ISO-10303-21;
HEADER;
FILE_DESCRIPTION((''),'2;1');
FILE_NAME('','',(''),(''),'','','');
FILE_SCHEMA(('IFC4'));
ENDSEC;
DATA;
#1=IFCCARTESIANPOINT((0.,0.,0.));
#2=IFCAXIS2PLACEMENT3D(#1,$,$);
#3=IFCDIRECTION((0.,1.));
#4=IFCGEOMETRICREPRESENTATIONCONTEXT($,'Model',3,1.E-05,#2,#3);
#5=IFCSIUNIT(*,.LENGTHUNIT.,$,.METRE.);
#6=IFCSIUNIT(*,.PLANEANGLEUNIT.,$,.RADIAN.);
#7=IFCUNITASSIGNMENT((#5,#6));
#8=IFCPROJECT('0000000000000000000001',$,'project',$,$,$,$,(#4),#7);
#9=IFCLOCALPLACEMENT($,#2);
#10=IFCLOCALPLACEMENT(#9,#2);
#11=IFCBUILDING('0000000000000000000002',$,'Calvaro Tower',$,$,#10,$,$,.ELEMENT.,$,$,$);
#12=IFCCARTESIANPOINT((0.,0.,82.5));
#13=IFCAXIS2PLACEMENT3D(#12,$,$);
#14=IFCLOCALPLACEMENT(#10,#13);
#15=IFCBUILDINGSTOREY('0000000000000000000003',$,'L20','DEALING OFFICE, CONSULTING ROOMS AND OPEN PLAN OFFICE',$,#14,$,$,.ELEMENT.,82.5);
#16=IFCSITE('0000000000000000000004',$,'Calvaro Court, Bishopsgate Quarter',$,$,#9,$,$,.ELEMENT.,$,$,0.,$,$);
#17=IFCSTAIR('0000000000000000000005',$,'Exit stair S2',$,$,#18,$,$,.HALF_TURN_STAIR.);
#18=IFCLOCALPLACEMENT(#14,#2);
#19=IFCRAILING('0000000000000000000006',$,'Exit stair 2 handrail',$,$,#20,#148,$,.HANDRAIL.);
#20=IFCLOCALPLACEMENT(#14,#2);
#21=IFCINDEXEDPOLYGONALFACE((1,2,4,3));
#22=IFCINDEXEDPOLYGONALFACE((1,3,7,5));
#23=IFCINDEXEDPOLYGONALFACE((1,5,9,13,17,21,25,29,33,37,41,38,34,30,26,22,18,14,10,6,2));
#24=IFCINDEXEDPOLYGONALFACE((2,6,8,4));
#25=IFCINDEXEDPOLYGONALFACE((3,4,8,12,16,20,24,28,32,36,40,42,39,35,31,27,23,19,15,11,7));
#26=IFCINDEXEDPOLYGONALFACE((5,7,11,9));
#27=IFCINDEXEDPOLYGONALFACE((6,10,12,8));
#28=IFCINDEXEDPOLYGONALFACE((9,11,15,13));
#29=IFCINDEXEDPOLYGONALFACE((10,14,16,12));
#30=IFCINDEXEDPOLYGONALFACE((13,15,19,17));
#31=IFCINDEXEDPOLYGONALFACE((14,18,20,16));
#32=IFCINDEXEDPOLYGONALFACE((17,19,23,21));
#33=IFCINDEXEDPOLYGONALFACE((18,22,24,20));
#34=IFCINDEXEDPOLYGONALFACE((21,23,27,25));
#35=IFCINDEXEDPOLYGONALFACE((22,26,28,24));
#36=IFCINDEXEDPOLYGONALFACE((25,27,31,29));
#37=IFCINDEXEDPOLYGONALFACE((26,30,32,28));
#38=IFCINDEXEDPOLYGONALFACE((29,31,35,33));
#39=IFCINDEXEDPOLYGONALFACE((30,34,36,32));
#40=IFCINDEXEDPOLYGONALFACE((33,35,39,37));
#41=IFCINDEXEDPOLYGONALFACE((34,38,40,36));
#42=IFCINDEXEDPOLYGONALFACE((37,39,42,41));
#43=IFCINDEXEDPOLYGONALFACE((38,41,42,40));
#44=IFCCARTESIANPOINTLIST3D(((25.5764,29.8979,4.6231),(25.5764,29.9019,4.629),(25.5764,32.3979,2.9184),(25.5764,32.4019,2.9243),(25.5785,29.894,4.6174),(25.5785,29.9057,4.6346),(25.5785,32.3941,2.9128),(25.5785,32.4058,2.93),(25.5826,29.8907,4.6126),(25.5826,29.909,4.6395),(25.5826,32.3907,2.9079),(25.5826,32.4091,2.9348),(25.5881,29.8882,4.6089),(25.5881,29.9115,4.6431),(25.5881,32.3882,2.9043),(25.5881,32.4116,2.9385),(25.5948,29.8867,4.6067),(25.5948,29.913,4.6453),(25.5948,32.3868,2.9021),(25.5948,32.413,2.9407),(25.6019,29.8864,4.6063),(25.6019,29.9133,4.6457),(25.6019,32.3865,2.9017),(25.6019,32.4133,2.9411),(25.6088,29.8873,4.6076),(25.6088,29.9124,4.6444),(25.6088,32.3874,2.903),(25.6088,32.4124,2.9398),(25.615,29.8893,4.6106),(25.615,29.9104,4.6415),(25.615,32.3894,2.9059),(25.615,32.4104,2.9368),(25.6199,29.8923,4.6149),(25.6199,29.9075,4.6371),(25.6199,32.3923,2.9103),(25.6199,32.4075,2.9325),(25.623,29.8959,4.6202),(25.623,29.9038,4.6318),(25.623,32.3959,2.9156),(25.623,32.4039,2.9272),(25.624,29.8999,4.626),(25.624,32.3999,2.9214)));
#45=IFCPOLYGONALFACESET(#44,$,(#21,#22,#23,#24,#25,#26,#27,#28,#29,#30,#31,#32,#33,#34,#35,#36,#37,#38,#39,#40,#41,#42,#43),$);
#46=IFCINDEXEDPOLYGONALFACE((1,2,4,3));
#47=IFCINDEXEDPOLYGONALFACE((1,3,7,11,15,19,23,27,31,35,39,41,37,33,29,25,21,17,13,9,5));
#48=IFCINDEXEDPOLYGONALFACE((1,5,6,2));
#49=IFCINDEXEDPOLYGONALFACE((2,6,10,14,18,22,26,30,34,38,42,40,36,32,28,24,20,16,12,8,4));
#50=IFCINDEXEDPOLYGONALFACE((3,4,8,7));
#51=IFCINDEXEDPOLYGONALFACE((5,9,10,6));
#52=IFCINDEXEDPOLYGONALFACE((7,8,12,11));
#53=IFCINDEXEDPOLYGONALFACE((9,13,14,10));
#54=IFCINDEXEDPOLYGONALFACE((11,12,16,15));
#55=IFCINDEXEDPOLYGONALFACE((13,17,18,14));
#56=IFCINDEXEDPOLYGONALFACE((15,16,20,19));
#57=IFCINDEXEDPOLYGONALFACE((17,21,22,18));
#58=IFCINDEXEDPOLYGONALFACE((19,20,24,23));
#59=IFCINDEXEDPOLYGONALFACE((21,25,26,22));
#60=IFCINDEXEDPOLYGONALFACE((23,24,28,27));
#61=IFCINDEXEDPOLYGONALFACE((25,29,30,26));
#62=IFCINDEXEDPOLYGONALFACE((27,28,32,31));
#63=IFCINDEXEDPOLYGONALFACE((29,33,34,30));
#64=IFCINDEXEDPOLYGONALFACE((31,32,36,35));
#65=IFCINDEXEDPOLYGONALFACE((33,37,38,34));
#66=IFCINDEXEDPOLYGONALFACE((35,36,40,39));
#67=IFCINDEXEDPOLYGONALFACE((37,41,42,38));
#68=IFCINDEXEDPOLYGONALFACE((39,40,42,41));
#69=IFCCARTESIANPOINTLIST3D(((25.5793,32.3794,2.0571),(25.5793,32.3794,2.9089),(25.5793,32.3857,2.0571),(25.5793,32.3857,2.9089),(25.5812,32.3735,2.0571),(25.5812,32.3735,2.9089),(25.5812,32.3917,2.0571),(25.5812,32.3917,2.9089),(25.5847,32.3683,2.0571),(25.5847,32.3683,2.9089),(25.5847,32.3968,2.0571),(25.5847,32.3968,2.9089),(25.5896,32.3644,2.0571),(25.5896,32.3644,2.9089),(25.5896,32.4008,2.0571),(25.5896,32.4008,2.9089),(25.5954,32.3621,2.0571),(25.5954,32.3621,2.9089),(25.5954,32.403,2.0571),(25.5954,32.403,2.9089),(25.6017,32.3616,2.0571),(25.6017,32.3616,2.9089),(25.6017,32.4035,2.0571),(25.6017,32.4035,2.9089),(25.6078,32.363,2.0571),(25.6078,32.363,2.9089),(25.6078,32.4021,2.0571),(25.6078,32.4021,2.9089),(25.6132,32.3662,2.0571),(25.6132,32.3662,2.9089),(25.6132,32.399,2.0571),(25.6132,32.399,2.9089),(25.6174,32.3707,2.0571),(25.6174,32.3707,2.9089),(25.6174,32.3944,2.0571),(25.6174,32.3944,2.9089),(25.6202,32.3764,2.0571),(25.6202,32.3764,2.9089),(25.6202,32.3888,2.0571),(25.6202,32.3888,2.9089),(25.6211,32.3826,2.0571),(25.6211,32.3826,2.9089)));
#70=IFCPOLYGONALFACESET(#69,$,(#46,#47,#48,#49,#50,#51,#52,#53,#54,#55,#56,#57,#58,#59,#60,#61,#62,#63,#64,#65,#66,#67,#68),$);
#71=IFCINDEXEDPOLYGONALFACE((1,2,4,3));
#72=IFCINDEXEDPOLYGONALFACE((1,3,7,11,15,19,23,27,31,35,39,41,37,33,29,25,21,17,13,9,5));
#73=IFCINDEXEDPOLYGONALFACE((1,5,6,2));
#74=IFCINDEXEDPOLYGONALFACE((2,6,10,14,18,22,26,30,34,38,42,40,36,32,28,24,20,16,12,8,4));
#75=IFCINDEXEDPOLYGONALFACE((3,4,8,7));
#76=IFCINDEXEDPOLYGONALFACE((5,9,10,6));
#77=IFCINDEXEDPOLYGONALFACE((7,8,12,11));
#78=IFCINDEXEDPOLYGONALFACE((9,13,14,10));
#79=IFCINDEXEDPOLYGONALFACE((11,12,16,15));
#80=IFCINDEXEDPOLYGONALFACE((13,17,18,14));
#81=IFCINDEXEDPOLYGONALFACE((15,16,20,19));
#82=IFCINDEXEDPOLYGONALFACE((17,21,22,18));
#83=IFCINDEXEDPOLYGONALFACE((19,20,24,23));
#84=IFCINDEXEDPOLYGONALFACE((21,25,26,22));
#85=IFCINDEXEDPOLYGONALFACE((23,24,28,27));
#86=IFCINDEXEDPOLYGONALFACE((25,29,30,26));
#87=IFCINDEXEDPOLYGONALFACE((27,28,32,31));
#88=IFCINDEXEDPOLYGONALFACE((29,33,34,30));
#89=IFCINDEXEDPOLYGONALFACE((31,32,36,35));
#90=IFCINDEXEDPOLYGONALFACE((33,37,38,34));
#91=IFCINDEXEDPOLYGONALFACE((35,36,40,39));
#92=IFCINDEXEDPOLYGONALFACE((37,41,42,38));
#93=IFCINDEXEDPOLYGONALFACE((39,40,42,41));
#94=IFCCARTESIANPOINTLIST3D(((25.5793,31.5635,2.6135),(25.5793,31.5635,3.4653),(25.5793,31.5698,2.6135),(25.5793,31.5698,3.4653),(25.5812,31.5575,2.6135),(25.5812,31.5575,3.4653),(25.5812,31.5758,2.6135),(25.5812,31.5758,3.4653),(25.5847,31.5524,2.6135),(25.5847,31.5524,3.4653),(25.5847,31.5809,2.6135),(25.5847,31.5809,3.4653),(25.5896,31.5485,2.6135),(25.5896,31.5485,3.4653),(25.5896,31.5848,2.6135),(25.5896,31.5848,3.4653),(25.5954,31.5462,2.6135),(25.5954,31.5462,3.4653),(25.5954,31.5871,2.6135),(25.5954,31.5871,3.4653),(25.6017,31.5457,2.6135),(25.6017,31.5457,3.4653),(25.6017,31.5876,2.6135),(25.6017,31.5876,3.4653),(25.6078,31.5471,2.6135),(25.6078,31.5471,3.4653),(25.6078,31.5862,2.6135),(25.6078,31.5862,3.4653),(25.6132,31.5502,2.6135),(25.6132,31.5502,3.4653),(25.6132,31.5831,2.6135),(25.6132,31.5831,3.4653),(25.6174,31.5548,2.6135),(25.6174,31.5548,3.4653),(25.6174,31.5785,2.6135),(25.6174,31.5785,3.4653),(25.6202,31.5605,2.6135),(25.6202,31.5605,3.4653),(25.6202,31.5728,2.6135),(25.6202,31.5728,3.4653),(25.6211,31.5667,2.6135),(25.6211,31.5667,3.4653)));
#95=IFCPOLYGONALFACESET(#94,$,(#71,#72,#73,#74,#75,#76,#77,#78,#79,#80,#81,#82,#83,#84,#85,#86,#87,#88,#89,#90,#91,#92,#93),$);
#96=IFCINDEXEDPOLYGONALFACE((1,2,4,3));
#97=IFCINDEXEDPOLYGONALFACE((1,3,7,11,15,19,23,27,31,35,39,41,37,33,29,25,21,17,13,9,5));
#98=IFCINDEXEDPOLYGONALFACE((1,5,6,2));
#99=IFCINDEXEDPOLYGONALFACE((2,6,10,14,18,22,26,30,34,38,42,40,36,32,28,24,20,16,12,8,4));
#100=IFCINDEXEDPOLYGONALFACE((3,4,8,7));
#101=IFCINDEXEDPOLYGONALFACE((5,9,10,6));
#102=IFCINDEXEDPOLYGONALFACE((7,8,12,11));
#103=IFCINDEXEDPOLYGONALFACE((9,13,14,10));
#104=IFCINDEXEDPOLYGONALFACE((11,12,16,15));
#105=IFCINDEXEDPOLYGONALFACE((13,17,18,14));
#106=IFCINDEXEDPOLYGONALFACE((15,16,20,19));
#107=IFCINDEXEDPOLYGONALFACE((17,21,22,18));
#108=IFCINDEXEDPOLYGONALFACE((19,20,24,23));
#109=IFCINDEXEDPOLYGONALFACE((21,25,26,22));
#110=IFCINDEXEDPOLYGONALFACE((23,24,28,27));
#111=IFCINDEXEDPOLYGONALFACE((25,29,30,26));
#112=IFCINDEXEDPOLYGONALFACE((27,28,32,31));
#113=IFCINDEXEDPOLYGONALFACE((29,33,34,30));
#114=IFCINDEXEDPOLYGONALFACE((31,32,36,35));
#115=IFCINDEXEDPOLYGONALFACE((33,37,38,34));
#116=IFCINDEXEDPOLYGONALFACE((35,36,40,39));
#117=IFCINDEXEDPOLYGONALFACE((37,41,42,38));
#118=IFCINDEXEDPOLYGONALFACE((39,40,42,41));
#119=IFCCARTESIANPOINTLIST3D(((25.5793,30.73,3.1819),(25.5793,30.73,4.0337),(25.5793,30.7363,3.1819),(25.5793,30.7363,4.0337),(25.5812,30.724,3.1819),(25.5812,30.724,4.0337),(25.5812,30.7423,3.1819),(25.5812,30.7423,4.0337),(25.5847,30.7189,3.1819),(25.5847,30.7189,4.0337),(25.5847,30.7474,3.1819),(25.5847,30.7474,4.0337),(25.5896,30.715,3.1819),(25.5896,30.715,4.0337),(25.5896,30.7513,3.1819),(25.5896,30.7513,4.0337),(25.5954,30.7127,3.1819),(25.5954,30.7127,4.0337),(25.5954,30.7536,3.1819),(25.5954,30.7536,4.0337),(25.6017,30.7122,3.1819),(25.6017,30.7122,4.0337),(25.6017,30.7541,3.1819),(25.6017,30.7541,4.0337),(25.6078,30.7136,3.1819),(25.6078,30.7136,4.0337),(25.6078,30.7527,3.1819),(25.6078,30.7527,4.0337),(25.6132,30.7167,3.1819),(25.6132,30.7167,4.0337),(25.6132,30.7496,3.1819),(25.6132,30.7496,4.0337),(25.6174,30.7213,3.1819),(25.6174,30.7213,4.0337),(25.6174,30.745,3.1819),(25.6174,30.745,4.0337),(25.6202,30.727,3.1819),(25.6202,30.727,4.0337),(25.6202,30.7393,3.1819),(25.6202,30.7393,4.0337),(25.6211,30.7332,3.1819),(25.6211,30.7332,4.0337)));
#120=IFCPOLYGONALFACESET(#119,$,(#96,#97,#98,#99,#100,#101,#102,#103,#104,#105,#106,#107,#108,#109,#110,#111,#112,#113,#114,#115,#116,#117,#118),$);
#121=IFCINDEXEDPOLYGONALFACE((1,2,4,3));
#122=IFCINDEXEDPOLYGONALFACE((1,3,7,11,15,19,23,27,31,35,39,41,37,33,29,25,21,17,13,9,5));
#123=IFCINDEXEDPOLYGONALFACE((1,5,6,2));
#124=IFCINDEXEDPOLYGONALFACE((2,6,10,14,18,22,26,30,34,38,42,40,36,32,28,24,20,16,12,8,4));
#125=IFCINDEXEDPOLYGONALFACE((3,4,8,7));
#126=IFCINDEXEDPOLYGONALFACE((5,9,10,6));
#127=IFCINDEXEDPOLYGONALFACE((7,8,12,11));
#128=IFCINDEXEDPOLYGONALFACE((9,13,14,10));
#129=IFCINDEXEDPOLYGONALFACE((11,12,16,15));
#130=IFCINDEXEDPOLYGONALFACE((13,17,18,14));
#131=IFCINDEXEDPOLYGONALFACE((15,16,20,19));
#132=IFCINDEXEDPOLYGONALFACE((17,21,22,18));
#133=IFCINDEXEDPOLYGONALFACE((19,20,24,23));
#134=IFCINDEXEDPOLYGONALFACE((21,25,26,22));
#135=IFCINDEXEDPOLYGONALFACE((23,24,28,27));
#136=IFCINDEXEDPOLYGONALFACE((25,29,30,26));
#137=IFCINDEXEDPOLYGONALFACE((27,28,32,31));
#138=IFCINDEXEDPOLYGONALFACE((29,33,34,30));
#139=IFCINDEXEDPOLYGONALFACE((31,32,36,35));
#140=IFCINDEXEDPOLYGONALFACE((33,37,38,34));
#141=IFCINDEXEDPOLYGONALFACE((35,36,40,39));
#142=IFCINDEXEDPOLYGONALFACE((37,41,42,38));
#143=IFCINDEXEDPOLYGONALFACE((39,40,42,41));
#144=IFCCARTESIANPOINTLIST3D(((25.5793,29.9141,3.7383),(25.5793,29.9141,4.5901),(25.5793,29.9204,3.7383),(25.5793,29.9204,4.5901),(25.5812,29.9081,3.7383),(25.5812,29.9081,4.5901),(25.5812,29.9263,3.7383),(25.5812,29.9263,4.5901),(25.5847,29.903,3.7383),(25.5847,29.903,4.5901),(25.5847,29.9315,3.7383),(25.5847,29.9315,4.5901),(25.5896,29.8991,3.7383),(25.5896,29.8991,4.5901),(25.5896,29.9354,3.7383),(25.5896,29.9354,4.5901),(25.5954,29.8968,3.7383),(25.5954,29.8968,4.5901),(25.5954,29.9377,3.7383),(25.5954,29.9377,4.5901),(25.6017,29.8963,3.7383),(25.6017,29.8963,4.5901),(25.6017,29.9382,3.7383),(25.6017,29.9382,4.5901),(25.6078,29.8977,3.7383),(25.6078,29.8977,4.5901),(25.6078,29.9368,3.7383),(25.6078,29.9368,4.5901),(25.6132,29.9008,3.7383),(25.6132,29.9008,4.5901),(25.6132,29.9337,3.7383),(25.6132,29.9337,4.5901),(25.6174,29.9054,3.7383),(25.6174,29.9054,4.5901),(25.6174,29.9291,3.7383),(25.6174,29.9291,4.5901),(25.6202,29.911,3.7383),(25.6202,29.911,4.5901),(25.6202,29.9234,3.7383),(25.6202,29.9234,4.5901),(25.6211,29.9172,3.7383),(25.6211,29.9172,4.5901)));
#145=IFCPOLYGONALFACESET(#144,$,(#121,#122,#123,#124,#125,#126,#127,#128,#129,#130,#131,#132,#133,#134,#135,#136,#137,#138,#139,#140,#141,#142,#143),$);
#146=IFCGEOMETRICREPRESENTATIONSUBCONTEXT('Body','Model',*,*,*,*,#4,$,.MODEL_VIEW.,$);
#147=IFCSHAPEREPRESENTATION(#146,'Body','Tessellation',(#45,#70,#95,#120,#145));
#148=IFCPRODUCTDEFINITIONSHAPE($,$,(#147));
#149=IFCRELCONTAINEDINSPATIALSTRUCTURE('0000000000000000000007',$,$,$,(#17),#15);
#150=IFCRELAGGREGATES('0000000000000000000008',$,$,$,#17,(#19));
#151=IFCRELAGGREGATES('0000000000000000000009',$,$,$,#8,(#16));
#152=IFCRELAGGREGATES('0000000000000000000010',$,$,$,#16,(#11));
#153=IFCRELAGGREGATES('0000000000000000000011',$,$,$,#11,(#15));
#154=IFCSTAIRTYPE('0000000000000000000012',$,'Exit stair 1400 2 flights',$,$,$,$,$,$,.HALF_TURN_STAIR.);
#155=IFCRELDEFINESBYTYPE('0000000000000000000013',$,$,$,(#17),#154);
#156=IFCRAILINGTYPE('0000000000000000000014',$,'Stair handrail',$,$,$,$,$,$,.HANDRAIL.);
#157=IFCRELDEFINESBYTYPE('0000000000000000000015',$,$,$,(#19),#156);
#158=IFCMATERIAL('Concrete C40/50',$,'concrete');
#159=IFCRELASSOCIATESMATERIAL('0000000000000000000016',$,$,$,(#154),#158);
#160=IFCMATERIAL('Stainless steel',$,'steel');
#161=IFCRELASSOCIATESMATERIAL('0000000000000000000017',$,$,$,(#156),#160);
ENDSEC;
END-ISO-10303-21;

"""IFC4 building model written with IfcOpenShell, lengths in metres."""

from ifc_helpers import new_model, si_unit, direction, frame, origin, origin_2d, place, context, subcontext, project, spatial, circle, extrude, material, type_object, element, aggregate, save


model = new_model("IFC4")

# Units and contexts
model_context = context("Model", 3, precision=1e-05, world=origin(), true_north=direction((0.0, 1.0)))
body_context = subcontext(model_context, "Body", "Model", "MODEL_VIEW")
ifc_project = project(units=[si_unit("LENGTHUNIT", "METRE"), si_unit("PLANEANGLEUNIT", "RADIAN")], contexts=[model_context])

# Site, building, storey
site_placement = place(None, origin())
site = spatial("IfcSite", under=ifc_project, at=site_placement, Name="Calvaro Court, Bishopsgate Quarter", CompositionType="ELEMENT", RefElevation=0.0)
building_placement = place(site_placement, origin())
building = spatial("IfcBuilding", under=site, at=building_placement, Name="Calvaro Tower", CompositionType="ELEMENT")
storey_placement = place(building_placement, frame((0.0, 0.0, 82.5)))
storey = spatial("IfcBuildingStorey", under=building, at=storey_placement, Name="L20", Description="DEALING OFFICE, CONSULTING ROOMS AND OPEN PLAN OFFICE", CompositionType="ELEMENT", Elevation=82.5)

# Stair, railing
ifc_material_1 = material(Name="Concrete C40/50", Category="concrete")
stair_type = type_object("IfcStairType", Name="Exit stair 1400 2 flights", PredefinedType="HALF_TURN_STAIR", material=ifc_material_1)
stair_placement = place(storey_placement, origin())
stair = element("IfcStair", 1, at=stair_placement, inside=storey, type_object=stair_type, Name="Exit stair S2", PredefinedType="HALF_TURN_STAIR")
ifc_material_2 = material(Name="Stainless steel", Category="steel")
railing_type = type_object("IfcRailingType", Name="Stair handrail", PredefinedType="HANDRAIL", material=ifc_material_2)
railing_1_placement = place(storey_placement, frame((25.6001, 32.3999, 2.0454)))
railing_1 = element("IfcRailing", 2, at=railing_1_placement, type_object=railing_type, Name="Exit stair 2 handrail", PredefinedType="HANDRAIL", context=body_context, shape_type="SweptSolid", body=[
    extrude(circle(Radius=0.0239, at=origin_2d()), frame((0.0, 0.0, 0.876), z_axis=(0.0, -0.826221, 0.563347), x_axis=(1.0, 0.0, 0.0)), (0.0, 0.0, 1.0), 3.0259),
    extrude(circle(Radius=0.021, at=origin_2d()), frame((0.0, -0.0173, 0.0117)), (0.0, 0.0, 1.0), 0.8518),
    extrude(circle(Radius=0.021, at=origin_2d()), frame((0.0, -0.8333, 0.5681)), (0.0, 0.0, 1.0), 0.8518),
    extrude(circle(Radius=0.021, at=origin_2d()), frame((0.0, -1.6667, 1.1365)), (0.0, 0.0, 1.0), 0.8518),
    extrude(circle(Radius=0.021, at=origin_2d()), frame((0.0, -2.4827, 1.6929)), (0.0, 0.0, 1.0), 0.8518),
])
aggregate(stair, [railing_1])

save(model, "model.ifc")
